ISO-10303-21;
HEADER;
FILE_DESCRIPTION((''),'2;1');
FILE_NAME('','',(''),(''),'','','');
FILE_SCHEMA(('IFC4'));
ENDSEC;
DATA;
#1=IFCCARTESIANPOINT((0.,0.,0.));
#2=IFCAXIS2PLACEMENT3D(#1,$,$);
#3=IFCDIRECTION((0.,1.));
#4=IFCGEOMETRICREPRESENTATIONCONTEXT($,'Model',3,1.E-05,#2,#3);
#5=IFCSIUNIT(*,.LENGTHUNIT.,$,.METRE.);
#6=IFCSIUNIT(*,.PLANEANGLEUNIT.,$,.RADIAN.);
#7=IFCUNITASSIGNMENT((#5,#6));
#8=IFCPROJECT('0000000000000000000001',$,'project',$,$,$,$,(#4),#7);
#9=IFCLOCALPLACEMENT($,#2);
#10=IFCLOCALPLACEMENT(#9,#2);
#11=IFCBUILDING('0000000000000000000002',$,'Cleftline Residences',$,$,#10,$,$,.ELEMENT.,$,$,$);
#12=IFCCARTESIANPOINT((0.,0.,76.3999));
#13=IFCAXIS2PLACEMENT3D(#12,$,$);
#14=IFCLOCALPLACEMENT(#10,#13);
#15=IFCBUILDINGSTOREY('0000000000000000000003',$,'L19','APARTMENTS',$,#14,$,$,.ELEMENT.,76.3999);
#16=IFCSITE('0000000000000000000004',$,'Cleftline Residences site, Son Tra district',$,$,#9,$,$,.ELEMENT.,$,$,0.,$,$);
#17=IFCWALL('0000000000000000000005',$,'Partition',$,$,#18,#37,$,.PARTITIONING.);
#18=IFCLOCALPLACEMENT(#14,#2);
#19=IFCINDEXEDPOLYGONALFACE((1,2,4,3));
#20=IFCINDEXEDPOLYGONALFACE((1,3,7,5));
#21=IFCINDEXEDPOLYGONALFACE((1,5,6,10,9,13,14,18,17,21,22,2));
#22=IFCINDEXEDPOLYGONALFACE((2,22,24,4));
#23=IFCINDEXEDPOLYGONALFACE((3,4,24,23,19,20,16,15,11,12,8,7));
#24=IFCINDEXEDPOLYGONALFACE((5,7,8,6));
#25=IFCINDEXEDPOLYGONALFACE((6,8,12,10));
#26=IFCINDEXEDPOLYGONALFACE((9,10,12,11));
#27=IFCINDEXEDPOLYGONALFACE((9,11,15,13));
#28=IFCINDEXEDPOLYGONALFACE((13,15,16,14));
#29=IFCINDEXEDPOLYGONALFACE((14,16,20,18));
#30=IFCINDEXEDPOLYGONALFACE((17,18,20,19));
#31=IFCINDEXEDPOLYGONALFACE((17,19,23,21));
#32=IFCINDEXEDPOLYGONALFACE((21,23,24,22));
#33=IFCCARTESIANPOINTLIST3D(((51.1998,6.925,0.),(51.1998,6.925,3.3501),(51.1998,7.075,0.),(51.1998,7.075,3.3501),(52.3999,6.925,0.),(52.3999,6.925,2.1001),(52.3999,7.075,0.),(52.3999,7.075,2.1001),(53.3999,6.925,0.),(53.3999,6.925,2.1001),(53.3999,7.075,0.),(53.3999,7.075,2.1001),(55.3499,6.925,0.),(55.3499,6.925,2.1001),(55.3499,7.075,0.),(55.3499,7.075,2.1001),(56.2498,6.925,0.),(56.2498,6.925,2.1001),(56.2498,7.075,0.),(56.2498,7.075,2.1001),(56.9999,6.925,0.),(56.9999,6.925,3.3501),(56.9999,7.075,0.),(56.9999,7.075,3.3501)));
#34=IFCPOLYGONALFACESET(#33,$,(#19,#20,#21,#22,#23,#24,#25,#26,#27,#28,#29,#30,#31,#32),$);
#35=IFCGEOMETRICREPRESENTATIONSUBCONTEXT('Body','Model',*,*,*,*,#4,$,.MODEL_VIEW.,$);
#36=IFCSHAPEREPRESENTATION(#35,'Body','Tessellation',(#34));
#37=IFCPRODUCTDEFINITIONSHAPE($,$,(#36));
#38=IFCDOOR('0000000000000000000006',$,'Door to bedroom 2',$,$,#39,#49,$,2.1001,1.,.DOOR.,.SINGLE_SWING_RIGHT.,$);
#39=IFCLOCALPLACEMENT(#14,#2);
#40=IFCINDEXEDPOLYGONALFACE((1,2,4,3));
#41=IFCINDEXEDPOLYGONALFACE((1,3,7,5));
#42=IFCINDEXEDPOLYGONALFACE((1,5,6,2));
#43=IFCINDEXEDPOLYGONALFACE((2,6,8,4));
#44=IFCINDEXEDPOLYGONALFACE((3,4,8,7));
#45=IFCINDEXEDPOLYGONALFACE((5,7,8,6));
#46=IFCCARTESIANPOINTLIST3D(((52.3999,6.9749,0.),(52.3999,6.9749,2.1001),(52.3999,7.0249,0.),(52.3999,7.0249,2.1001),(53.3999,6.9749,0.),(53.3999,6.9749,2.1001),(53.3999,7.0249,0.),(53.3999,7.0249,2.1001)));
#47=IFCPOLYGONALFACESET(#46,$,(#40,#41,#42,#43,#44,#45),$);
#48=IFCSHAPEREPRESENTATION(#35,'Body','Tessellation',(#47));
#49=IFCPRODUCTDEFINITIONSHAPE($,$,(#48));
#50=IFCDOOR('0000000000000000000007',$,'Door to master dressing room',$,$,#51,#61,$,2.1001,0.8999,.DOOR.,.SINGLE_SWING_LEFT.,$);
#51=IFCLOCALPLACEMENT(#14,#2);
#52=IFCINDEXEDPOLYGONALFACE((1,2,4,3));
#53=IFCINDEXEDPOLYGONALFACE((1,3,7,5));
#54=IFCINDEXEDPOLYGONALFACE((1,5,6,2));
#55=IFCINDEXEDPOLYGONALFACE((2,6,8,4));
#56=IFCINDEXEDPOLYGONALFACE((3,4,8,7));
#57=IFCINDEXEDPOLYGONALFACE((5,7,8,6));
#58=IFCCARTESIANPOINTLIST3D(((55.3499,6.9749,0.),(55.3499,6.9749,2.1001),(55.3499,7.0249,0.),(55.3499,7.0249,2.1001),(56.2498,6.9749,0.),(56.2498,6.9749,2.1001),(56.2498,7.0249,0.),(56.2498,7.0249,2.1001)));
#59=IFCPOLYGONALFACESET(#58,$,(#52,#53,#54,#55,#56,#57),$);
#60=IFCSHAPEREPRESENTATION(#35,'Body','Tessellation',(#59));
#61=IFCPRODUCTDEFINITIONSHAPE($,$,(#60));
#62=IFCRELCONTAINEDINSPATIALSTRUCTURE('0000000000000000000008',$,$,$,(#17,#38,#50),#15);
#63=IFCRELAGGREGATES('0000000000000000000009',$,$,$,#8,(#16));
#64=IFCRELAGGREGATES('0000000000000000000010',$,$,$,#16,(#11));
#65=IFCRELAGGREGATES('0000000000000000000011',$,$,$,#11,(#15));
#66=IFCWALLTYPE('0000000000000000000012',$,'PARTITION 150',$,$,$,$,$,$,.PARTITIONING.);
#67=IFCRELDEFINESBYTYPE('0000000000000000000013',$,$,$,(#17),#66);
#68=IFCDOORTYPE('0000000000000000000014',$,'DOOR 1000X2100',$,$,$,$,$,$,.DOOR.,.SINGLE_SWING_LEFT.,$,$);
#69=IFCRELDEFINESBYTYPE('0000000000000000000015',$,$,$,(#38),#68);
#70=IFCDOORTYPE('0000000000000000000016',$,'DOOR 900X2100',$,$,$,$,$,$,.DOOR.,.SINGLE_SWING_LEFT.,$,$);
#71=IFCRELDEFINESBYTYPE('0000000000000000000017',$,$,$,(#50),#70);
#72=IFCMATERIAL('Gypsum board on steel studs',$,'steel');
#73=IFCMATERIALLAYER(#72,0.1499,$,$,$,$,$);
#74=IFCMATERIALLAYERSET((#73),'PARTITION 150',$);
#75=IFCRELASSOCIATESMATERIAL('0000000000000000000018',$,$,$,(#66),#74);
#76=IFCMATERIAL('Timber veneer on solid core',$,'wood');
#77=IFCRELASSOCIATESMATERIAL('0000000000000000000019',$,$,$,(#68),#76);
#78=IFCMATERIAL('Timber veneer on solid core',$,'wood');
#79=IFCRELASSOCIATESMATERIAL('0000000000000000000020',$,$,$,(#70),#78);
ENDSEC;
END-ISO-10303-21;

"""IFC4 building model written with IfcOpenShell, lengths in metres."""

from ifc_helpers import new_model, si_unit, direction, frame, frame_2d, origin, place, context, subcontext, project, spatial, rectangle, extrude, material, layer, layer_set, type_object, element, fill, save


model = new_model("IFC4")

# Units and contexts
model_context = context("Model", 3, precision=1e-05, world=origin(), true_north=direction((0.0, 1.0)))
body_context = subcontext(model_context, "Body", "Model", "MODEL_VIEW")
ifc_project = project(units=[si_unit("LENGTHUNIT", "METRE"), si_unit("PLANEANGLEUNIT", "RADIAN")], contexts=[model_context])

# Site, building, storey
site_placement = place(None, origin())
site = spatial("IfcSite", under=ifc_project, at=site_placement, Name="Cleftline Residences site, Son Tra district", CompositionType="ELEMENT", RefElevation=0.0)
building_placement = place(site_placement, origin())
building = spatial("IfcBuilding", under=site, at=building_placement, Name="Cleftline Residences", CompositionType="ELEMENT")
storey_placement = place(building_placement, frame((0.0, 0.0, 76.3999)))
storey = spatial("IfcBuildingStorey", under=building, at=storey_placement, Name="L19", Description="APARTMENTS", CompositionType="ELEMENT", Elevation=76.3999)

# Shared definitions
ifc_material_1 = material(Name="Gypsum board on steel studs", Category="steel")
ifc_layer_1 = layer(ifc_material_1, 0.1499)
ifc_layer_set_1 = layer_set([ifc_layer_1], Name="PARTITION 150")
wall_type = type_object("IfcWallType", Name="PARTITION 150", PredefinedType="PARTITIONING", material=ifc_layer_set_1)
ifc_material_2 = material(Name="Timber veneer on solid core", Category="wood")
door_type_1 = type_object("IfcDoorType", Name="DOOR 1000X2100", OperationType="SINGLE_SWING_LEFT", PredefinedType="DOOR", material=ifc_material_2)

# Wall, openings, doors
wall_1_placement = place(storey_placement, frame((51.2, 7.0, 0.0), z_axis=(0.0, 0.0, 1.0), x_axis=(1.0, 0.0, 0.0)))
wall_1 = element("IfcWall", 1, at=wall_1_placement, inside=storey, type_object=wall_type, Name="Partition", PredefinedType="PARTITIONING", context=body_context, shape_type="SweptSolid", body=[
    extrude(rectangle(XDim=5.8, YDim=0.1499, at=frame_2d((2.8999, 0.0))), origin(), (0.0, 0.0, 1.0), 3.3501),
])
opening_1_placement = place(wall_1_placement, frame((4.1499, 0.0, 0.0)))
opening_1 = element("IfcOpeningElement", 2, at=opening_1_placement, cuts=wall_1, PredefinedType="OPENING", context=body_context, shape_type="SweptSolid", body=[
    extrude(rectangle(XDim=0.8999, YDim=2.1001, at=frame_2d((0.45, 1.05))), frame((0.0, 0.085, 0.0), z_axis=(0.0, -1.0, 0.0), x_axis=(1.0, 0.0, 0.0)), (0.0, 0.0, 1.0), 0.1699),
])
opening_2_placement = place(wall_1_placement, frame((1.2, 0.0, 0.0)))
opening_2 = element("IfcOpeningElement", 3, at=opening_2_placement, cuts=wall_1, PredefinedType="OPENING", context=body_context, shape_type="SweptSolid", body=[
    extrude(rectangle(XDim=1.0, YDim=2.1001, at=frame_2d((0.5, 1.05))), frame((0.0, 0.085, 0.0), z_axis=(0.0, -1.0, 0.0), x_axis=(1.0, 0.0, 0.0)), (0.0, 0.0, 1.0), 0.1699),
])
door_1_placement = place(opening_2_placement, origin())
door_1 = element("IfcDoor", 4, at=door_1_placement, inside=storey, type_object=door_type_1, Name="Door to bedroom 2", OperationType="SINGLE_SWING_RIGHT", OverallHeight=2.1001, OverallWidth=1.0, PredefinedType="DOOR", context=body_context, shape_type="SweptSolid", body=[
    extrude(rectangle(XDim=1.0, YDim=2.1001, at=frame_2d((0.5, 1.05))), frame((0.0, 0.0249, 0.0), z_axis=(0.0, -1.0, 0.0), x_axis=(1.0, 0.0, 0.0)), (0.0, 0.0, 1.0), 0.05),
])
fill(opening_2, door_1)
ifc_material_3 = material(Name="Timber veneer on solid core", Category="wood")
door_type_2 = type_object("IfcDoorType", Name="DOOR 900X2100", OperationType="SINGLE_SWING_LEFT", PredefinedType="DOOR", material=ifc_material_3)
door_2_placement = place(opening_1_placement, origin())
door_2 = element("IfcDoor", 5, at=door_2_placement, inside=storey, type_object=door_type_2, Name="Door to master dressing room", OperationType="SINGLE_SWING_LEFT", OverallHeight=2.1001, OverallWidth=0.8999, PredefinedType="DOOR", context=body_context, shape_type="SweptSolid", body=[
    extrude(rectangle(XDim=0.8999, YDim=2.1001, at=frame_2d((0.45, 1.05))), frame((0.0, 0.0249, 0.0), z_axis=(0.0, -1.0, 0.0), x_axis=(1.0, 0.0, 0.0)), (0.0, 0.0, 1.0), 0.05),
])
fill(opening_1, door_2)

save(model, "model.ifc")
